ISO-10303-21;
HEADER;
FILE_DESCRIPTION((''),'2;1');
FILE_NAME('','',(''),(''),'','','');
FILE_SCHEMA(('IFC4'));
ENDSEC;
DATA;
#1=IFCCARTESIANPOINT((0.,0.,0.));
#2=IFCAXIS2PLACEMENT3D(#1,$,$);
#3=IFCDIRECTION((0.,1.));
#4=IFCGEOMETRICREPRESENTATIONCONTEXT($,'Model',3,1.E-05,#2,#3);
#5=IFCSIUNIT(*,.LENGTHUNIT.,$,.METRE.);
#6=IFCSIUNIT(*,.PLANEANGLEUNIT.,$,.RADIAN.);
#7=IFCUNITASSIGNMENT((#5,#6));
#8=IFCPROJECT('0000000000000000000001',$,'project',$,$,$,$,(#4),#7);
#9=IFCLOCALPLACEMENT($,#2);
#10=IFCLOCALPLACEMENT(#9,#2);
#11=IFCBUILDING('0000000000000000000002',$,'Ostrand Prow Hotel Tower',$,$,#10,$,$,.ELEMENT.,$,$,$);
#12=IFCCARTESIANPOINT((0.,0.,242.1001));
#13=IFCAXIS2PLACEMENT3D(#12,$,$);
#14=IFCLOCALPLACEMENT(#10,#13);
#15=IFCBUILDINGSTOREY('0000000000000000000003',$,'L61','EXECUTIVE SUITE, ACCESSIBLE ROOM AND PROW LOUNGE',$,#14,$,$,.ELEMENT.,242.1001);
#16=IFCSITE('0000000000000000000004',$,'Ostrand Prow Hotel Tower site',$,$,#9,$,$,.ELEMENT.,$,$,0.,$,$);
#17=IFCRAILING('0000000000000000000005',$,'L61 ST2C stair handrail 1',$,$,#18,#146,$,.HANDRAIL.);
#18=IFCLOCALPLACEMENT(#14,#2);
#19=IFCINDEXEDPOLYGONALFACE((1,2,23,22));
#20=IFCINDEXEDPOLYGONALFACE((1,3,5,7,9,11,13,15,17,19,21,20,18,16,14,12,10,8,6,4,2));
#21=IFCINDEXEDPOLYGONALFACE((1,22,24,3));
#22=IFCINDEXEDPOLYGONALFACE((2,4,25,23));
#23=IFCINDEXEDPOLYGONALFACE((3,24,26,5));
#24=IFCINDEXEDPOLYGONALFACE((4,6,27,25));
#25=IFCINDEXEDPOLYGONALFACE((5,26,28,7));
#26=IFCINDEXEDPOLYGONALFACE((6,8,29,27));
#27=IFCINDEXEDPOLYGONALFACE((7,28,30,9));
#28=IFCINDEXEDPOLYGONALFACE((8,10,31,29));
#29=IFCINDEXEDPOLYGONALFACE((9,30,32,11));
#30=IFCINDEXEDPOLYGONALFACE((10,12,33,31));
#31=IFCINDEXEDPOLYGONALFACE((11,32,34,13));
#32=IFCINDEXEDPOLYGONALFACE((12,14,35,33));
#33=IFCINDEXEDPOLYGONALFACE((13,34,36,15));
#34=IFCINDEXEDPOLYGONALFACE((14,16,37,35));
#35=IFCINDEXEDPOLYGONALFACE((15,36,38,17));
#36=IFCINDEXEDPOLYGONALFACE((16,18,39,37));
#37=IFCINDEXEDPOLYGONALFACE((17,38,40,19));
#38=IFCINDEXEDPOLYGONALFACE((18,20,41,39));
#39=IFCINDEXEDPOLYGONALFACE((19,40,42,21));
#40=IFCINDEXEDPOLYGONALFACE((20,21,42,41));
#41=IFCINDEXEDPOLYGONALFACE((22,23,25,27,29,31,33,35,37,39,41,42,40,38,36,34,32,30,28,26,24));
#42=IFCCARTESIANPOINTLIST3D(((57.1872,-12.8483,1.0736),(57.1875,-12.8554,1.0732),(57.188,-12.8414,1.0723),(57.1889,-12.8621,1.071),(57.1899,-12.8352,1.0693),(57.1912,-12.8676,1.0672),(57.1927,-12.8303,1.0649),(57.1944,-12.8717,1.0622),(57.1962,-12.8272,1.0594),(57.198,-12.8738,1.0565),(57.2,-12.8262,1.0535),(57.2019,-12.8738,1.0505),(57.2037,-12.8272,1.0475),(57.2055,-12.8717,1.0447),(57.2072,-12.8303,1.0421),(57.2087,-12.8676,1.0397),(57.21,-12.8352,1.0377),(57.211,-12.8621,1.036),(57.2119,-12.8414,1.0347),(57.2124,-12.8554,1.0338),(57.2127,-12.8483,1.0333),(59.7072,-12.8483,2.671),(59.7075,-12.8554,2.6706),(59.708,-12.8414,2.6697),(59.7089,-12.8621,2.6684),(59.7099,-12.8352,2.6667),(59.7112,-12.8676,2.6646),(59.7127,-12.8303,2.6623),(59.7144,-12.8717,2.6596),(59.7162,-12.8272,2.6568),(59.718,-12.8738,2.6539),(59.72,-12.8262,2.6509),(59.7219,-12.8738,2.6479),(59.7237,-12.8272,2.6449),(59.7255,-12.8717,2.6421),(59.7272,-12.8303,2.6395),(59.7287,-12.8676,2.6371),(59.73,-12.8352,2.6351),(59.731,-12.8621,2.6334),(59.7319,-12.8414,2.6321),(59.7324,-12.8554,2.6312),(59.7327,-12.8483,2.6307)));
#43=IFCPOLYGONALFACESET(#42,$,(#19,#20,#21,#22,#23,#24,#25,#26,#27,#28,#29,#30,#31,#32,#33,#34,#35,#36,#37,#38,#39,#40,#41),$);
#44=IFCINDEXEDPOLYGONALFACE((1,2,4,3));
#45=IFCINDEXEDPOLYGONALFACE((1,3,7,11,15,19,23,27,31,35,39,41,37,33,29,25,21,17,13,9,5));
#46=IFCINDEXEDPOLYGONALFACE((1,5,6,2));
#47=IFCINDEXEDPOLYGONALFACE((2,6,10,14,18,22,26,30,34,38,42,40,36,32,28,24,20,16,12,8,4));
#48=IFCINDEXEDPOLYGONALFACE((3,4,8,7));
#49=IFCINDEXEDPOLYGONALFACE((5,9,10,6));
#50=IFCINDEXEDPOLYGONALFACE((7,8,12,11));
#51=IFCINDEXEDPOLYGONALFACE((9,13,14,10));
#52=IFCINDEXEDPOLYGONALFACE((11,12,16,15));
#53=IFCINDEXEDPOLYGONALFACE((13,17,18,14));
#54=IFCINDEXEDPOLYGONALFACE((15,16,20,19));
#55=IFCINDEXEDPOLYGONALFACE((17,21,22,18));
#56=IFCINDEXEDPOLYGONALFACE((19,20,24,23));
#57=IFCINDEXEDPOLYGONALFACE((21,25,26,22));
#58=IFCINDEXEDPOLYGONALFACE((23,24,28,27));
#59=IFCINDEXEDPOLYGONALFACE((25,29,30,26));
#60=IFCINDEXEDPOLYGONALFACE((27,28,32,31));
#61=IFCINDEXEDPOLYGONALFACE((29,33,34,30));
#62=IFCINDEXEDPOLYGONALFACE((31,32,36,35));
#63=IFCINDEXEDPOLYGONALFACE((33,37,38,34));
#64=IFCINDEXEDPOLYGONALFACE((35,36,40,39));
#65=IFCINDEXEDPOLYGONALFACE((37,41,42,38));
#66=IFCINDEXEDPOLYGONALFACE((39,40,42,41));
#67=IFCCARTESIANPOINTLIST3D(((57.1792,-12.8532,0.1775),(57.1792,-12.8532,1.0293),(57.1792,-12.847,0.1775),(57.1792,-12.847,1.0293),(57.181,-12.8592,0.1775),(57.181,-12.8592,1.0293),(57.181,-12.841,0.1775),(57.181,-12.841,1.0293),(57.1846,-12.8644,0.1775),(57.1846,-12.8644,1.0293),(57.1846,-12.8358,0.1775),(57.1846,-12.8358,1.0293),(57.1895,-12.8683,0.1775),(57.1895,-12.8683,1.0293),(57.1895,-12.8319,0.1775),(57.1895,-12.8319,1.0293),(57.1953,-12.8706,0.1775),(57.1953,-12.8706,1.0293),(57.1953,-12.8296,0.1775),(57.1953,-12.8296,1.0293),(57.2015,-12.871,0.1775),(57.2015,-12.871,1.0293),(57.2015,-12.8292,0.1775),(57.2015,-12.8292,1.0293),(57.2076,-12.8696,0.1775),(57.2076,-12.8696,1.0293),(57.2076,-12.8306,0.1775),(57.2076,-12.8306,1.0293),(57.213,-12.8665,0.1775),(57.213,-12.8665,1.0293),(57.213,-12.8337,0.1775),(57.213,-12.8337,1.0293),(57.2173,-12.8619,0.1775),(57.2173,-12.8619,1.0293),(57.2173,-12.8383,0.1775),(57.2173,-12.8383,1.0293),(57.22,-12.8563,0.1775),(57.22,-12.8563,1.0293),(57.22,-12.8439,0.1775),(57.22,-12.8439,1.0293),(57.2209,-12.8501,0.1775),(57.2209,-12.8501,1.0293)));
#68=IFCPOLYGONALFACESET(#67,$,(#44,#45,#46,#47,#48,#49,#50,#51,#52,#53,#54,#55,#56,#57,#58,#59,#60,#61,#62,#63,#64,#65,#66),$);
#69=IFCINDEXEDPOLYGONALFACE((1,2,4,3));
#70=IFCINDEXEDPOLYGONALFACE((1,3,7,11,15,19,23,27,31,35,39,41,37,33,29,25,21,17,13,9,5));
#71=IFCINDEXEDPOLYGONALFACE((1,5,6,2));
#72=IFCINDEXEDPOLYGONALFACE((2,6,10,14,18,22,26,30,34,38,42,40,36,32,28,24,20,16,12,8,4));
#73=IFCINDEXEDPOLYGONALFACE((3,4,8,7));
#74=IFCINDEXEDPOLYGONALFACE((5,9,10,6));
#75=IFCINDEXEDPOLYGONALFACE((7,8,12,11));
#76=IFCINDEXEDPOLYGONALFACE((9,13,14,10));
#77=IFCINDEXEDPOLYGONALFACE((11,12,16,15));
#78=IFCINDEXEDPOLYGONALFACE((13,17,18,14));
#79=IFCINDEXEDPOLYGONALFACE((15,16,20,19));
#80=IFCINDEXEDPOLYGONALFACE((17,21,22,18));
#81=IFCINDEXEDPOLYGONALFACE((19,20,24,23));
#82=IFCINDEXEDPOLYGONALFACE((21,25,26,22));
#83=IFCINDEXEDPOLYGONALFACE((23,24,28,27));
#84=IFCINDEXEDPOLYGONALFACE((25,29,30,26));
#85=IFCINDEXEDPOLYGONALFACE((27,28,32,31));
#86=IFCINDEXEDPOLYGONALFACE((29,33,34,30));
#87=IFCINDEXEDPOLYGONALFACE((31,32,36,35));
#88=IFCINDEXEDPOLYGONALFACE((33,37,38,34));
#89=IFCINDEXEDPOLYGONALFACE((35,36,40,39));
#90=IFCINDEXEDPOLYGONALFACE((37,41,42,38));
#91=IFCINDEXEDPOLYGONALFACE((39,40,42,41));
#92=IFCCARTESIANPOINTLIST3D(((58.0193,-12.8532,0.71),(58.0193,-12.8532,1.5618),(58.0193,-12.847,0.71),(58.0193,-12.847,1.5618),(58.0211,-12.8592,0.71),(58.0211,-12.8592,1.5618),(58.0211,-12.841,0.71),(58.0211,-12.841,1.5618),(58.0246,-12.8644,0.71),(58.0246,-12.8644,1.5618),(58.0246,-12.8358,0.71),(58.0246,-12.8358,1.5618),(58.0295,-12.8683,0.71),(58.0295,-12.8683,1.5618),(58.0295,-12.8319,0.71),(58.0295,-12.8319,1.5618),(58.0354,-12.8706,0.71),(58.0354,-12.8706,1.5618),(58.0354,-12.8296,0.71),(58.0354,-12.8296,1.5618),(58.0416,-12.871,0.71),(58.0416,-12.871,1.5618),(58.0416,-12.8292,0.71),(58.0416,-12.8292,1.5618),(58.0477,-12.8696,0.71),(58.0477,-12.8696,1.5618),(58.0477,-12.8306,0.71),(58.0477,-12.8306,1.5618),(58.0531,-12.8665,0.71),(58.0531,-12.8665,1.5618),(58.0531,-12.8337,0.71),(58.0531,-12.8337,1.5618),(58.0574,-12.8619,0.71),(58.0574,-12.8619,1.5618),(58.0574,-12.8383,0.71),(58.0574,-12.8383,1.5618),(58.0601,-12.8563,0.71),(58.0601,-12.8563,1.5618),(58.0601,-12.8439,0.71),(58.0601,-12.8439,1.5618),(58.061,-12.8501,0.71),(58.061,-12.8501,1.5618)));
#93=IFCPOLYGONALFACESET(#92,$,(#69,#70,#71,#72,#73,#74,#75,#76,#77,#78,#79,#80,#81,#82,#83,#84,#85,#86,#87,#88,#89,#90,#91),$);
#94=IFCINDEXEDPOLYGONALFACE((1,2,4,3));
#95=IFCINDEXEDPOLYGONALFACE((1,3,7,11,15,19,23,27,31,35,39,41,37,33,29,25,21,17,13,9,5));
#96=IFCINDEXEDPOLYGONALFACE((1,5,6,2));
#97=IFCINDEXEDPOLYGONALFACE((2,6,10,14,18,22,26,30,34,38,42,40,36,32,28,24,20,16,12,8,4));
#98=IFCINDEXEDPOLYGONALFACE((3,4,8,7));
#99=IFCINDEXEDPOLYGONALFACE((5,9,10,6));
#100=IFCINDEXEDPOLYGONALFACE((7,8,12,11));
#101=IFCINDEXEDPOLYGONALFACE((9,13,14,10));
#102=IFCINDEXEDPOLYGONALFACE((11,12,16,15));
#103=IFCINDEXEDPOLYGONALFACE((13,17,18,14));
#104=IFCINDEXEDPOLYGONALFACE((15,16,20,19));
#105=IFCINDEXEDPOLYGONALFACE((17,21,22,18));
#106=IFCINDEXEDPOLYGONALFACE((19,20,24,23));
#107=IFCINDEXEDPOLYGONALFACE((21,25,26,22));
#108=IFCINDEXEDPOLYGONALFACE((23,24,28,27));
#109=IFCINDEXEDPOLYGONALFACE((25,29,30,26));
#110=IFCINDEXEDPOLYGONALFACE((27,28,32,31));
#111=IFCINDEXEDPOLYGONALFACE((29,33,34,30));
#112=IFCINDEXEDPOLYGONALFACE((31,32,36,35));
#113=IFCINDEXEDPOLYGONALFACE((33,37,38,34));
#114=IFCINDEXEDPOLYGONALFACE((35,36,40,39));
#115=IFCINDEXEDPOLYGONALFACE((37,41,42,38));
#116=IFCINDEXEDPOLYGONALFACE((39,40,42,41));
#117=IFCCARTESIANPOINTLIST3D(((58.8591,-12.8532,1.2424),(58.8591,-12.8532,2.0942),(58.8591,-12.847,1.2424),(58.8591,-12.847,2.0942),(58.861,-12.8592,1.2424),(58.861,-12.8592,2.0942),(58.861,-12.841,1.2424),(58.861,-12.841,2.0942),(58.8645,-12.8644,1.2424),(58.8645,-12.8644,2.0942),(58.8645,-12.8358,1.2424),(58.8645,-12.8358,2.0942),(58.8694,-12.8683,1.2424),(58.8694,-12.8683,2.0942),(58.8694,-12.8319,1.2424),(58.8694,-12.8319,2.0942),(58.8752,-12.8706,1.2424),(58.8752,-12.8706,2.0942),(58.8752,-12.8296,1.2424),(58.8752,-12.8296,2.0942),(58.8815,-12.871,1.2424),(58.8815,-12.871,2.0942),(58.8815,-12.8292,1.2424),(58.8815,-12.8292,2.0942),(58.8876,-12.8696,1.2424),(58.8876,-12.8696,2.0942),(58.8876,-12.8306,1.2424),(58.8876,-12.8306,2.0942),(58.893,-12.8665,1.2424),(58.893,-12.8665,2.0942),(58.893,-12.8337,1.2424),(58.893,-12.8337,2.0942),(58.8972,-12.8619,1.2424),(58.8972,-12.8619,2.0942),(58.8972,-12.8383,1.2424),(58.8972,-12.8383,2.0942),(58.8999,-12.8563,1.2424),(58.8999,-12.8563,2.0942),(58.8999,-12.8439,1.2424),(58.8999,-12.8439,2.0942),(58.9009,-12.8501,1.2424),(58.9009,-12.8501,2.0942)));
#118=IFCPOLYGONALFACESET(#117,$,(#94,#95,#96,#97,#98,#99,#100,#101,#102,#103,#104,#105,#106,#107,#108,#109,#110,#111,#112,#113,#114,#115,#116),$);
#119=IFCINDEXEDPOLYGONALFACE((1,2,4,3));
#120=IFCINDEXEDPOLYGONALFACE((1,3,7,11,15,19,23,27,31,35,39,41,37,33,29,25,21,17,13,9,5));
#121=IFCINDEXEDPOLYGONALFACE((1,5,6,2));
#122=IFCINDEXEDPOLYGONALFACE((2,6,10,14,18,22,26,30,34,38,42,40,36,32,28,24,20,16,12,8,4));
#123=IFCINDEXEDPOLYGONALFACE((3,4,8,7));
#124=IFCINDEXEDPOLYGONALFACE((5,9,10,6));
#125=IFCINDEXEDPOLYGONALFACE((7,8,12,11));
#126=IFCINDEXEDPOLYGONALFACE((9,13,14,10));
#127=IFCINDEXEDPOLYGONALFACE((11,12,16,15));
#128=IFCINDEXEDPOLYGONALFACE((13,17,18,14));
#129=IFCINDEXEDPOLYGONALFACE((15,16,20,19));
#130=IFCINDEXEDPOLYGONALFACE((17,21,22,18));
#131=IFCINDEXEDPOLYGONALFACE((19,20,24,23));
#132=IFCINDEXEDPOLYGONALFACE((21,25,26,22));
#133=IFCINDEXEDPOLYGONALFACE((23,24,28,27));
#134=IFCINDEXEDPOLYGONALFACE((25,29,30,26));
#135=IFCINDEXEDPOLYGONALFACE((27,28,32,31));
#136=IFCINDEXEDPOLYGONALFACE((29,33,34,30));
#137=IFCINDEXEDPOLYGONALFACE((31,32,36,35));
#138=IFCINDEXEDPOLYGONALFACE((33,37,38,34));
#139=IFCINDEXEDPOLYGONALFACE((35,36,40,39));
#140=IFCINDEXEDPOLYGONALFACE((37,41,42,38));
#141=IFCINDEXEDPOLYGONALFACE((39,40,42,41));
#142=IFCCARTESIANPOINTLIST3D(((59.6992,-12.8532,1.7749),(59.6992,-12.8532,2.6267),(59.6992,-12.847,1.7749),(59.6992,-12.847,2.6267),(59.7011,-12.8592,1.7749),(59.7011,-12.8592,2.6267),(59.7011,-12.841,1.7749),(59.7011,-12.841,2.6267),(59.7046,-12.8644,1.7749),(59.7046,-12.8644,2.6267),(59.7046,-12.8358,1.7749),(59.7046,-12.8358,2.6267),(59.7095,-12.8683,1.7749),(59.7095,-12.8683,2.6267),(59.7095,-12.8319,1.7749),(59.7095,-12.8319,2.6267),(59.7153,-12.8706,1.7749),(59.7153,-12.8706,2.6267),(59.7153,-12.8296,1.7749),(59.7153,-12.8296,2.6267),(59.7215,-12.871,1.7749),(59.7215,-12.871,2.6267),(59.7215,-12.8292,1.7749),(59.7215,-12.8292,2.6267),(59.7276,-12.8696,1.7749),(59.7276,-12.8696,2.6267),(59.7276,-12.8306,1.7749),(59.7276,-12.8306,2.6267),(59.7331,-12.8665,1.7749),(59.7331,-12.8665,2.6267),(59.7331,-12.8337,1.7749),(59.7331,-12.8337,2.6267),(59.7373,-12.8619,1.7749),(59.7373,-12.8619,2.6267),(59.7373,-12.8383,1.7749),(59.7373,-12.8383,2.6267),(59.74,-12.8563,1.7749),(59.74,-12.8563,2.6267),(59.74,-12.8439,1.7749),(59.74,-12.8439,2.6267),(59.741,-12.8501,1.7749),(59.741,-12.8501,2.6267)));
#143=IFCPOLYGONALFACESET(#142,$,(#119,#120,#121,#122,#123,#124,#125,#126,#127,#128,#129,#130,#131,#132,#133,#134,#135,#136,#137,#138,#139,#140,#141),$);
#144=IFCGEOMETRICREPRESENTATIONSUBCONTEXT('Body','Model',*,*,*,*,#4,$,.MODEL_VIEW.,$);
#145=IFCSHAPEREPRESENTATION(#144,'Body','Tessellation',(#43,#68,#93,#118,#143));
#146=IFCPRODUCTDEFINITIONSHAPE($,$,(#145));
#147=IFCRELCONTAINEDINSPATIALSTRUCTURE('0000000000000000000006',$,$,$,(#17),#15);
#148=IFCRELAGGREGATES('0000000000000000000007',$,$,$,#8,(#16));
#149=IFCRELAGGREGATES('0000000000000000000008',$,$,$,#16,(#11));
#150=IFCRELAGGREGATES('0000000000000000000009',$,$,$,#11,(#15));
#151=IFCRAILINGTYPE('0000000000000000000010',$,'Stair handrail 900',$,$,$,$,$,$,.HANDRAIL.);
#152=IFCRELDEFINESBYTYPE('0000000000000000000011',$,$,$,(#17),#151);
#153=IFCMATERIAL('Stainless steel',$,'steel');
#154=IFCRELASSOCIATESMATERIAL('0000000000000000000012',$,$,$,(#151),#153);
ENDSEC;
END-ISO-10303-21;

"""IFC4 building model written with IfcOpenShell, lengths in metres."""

from ifc_helpers import new_model, si_unit, direction, frame, origin, origin_2d, place, context, subcontext, project, spatial, circle, extrude, material, type_object, element, save


model = new_model("IFC4")

# Units and contexts
model_context = context("Model", 3, precision=1e-05, world=origin(), true_north=direction((0.0, 1.0)))
body_context = subcontext(model_context, "Body", "Model", "MODEL_VIEW")
ifc_project = project(units=[si_unit("LENGTHUNIT", "METRE"), si_unit("PLANEANGLEUNIT", "RADIAN")], contexts=[model_context])

# Site, building, storey
site_placement = place(None, origin())
site = spatial("IfcSite", under=ifc_project, at=site_placement, Name="Ostrand Prow Hotel Tower site", CompositionType="ELEMENT", RefElevation=0.0)
building_placement = place(site_placement, origin())
building = spatial("IfcBuilding", under=site, at=building_placement, Name="Ostrand Prow Hotel Tower", CompositionType="ELEMENT")
storey_placement = place(building_placement, frame((0.0, 0.0, 242.1001)))
storey = spatial("IfcBuildingStorey", under=building, at=storey_placement, Name="L61", Description="EXECUTIVE SUITE, ACCESSIBLE ROOM AND PROW LOUNGE", CompositionType="ELEMENT", Elevation=242.1001)

# Railing
ifc_material_1 = material(Name="Stainless steel", Category="steel")
railing_type_1 = type_object("IfcRailingType", Name="Stair handrail 900", PredefinedType="HANDRAIL", material=ifc_material_1)
railing_1_placement = place(storey_placement, frame((57.2, -12.8501, 0.1775)))
element("IfcRailing", 1, at=railing_1_placement, inside=storey, type_object=railing_type_1, Name="L61 ST2C stair handrail 1", PredefinedType="HANDRAIL", context=body_context, shape_type="SweptSolid", body=[
    extrude(circle(Radius=0.0239, at=origin_2d()), frame((0.0, 0.0, 0.876), z_axis=(0.844607, 0.0, 0.535387), x_axis=(0.0, 1.0, 0.0)), (0.0, 0.0, 1.0), 2.9836),
    extrude(circle(Radius=0.021, at=origin_2d()), origin(), (0.0, 0.0, 1.0), 0.8518),
    extrude(circle(Radius=0.021, at=origin_2d()), frame((0.8401, 0.0, 0.5325)), (0.0, 0.0, 1.0), 0.8518),
    extrude(circle(Radius=0.021, at=origin_2d()), frame((1.6799, 0.0, 1.0649)), (0.0, 0.0, 1.0), 0.8518),
    extrude(circle(Radius=0.021, at=origin_2d()), frame((2.52, 0.0, 1.5974)), (0.0, 0.0, 1.0), 0.8518),
])

save(model, "model.ifc")
